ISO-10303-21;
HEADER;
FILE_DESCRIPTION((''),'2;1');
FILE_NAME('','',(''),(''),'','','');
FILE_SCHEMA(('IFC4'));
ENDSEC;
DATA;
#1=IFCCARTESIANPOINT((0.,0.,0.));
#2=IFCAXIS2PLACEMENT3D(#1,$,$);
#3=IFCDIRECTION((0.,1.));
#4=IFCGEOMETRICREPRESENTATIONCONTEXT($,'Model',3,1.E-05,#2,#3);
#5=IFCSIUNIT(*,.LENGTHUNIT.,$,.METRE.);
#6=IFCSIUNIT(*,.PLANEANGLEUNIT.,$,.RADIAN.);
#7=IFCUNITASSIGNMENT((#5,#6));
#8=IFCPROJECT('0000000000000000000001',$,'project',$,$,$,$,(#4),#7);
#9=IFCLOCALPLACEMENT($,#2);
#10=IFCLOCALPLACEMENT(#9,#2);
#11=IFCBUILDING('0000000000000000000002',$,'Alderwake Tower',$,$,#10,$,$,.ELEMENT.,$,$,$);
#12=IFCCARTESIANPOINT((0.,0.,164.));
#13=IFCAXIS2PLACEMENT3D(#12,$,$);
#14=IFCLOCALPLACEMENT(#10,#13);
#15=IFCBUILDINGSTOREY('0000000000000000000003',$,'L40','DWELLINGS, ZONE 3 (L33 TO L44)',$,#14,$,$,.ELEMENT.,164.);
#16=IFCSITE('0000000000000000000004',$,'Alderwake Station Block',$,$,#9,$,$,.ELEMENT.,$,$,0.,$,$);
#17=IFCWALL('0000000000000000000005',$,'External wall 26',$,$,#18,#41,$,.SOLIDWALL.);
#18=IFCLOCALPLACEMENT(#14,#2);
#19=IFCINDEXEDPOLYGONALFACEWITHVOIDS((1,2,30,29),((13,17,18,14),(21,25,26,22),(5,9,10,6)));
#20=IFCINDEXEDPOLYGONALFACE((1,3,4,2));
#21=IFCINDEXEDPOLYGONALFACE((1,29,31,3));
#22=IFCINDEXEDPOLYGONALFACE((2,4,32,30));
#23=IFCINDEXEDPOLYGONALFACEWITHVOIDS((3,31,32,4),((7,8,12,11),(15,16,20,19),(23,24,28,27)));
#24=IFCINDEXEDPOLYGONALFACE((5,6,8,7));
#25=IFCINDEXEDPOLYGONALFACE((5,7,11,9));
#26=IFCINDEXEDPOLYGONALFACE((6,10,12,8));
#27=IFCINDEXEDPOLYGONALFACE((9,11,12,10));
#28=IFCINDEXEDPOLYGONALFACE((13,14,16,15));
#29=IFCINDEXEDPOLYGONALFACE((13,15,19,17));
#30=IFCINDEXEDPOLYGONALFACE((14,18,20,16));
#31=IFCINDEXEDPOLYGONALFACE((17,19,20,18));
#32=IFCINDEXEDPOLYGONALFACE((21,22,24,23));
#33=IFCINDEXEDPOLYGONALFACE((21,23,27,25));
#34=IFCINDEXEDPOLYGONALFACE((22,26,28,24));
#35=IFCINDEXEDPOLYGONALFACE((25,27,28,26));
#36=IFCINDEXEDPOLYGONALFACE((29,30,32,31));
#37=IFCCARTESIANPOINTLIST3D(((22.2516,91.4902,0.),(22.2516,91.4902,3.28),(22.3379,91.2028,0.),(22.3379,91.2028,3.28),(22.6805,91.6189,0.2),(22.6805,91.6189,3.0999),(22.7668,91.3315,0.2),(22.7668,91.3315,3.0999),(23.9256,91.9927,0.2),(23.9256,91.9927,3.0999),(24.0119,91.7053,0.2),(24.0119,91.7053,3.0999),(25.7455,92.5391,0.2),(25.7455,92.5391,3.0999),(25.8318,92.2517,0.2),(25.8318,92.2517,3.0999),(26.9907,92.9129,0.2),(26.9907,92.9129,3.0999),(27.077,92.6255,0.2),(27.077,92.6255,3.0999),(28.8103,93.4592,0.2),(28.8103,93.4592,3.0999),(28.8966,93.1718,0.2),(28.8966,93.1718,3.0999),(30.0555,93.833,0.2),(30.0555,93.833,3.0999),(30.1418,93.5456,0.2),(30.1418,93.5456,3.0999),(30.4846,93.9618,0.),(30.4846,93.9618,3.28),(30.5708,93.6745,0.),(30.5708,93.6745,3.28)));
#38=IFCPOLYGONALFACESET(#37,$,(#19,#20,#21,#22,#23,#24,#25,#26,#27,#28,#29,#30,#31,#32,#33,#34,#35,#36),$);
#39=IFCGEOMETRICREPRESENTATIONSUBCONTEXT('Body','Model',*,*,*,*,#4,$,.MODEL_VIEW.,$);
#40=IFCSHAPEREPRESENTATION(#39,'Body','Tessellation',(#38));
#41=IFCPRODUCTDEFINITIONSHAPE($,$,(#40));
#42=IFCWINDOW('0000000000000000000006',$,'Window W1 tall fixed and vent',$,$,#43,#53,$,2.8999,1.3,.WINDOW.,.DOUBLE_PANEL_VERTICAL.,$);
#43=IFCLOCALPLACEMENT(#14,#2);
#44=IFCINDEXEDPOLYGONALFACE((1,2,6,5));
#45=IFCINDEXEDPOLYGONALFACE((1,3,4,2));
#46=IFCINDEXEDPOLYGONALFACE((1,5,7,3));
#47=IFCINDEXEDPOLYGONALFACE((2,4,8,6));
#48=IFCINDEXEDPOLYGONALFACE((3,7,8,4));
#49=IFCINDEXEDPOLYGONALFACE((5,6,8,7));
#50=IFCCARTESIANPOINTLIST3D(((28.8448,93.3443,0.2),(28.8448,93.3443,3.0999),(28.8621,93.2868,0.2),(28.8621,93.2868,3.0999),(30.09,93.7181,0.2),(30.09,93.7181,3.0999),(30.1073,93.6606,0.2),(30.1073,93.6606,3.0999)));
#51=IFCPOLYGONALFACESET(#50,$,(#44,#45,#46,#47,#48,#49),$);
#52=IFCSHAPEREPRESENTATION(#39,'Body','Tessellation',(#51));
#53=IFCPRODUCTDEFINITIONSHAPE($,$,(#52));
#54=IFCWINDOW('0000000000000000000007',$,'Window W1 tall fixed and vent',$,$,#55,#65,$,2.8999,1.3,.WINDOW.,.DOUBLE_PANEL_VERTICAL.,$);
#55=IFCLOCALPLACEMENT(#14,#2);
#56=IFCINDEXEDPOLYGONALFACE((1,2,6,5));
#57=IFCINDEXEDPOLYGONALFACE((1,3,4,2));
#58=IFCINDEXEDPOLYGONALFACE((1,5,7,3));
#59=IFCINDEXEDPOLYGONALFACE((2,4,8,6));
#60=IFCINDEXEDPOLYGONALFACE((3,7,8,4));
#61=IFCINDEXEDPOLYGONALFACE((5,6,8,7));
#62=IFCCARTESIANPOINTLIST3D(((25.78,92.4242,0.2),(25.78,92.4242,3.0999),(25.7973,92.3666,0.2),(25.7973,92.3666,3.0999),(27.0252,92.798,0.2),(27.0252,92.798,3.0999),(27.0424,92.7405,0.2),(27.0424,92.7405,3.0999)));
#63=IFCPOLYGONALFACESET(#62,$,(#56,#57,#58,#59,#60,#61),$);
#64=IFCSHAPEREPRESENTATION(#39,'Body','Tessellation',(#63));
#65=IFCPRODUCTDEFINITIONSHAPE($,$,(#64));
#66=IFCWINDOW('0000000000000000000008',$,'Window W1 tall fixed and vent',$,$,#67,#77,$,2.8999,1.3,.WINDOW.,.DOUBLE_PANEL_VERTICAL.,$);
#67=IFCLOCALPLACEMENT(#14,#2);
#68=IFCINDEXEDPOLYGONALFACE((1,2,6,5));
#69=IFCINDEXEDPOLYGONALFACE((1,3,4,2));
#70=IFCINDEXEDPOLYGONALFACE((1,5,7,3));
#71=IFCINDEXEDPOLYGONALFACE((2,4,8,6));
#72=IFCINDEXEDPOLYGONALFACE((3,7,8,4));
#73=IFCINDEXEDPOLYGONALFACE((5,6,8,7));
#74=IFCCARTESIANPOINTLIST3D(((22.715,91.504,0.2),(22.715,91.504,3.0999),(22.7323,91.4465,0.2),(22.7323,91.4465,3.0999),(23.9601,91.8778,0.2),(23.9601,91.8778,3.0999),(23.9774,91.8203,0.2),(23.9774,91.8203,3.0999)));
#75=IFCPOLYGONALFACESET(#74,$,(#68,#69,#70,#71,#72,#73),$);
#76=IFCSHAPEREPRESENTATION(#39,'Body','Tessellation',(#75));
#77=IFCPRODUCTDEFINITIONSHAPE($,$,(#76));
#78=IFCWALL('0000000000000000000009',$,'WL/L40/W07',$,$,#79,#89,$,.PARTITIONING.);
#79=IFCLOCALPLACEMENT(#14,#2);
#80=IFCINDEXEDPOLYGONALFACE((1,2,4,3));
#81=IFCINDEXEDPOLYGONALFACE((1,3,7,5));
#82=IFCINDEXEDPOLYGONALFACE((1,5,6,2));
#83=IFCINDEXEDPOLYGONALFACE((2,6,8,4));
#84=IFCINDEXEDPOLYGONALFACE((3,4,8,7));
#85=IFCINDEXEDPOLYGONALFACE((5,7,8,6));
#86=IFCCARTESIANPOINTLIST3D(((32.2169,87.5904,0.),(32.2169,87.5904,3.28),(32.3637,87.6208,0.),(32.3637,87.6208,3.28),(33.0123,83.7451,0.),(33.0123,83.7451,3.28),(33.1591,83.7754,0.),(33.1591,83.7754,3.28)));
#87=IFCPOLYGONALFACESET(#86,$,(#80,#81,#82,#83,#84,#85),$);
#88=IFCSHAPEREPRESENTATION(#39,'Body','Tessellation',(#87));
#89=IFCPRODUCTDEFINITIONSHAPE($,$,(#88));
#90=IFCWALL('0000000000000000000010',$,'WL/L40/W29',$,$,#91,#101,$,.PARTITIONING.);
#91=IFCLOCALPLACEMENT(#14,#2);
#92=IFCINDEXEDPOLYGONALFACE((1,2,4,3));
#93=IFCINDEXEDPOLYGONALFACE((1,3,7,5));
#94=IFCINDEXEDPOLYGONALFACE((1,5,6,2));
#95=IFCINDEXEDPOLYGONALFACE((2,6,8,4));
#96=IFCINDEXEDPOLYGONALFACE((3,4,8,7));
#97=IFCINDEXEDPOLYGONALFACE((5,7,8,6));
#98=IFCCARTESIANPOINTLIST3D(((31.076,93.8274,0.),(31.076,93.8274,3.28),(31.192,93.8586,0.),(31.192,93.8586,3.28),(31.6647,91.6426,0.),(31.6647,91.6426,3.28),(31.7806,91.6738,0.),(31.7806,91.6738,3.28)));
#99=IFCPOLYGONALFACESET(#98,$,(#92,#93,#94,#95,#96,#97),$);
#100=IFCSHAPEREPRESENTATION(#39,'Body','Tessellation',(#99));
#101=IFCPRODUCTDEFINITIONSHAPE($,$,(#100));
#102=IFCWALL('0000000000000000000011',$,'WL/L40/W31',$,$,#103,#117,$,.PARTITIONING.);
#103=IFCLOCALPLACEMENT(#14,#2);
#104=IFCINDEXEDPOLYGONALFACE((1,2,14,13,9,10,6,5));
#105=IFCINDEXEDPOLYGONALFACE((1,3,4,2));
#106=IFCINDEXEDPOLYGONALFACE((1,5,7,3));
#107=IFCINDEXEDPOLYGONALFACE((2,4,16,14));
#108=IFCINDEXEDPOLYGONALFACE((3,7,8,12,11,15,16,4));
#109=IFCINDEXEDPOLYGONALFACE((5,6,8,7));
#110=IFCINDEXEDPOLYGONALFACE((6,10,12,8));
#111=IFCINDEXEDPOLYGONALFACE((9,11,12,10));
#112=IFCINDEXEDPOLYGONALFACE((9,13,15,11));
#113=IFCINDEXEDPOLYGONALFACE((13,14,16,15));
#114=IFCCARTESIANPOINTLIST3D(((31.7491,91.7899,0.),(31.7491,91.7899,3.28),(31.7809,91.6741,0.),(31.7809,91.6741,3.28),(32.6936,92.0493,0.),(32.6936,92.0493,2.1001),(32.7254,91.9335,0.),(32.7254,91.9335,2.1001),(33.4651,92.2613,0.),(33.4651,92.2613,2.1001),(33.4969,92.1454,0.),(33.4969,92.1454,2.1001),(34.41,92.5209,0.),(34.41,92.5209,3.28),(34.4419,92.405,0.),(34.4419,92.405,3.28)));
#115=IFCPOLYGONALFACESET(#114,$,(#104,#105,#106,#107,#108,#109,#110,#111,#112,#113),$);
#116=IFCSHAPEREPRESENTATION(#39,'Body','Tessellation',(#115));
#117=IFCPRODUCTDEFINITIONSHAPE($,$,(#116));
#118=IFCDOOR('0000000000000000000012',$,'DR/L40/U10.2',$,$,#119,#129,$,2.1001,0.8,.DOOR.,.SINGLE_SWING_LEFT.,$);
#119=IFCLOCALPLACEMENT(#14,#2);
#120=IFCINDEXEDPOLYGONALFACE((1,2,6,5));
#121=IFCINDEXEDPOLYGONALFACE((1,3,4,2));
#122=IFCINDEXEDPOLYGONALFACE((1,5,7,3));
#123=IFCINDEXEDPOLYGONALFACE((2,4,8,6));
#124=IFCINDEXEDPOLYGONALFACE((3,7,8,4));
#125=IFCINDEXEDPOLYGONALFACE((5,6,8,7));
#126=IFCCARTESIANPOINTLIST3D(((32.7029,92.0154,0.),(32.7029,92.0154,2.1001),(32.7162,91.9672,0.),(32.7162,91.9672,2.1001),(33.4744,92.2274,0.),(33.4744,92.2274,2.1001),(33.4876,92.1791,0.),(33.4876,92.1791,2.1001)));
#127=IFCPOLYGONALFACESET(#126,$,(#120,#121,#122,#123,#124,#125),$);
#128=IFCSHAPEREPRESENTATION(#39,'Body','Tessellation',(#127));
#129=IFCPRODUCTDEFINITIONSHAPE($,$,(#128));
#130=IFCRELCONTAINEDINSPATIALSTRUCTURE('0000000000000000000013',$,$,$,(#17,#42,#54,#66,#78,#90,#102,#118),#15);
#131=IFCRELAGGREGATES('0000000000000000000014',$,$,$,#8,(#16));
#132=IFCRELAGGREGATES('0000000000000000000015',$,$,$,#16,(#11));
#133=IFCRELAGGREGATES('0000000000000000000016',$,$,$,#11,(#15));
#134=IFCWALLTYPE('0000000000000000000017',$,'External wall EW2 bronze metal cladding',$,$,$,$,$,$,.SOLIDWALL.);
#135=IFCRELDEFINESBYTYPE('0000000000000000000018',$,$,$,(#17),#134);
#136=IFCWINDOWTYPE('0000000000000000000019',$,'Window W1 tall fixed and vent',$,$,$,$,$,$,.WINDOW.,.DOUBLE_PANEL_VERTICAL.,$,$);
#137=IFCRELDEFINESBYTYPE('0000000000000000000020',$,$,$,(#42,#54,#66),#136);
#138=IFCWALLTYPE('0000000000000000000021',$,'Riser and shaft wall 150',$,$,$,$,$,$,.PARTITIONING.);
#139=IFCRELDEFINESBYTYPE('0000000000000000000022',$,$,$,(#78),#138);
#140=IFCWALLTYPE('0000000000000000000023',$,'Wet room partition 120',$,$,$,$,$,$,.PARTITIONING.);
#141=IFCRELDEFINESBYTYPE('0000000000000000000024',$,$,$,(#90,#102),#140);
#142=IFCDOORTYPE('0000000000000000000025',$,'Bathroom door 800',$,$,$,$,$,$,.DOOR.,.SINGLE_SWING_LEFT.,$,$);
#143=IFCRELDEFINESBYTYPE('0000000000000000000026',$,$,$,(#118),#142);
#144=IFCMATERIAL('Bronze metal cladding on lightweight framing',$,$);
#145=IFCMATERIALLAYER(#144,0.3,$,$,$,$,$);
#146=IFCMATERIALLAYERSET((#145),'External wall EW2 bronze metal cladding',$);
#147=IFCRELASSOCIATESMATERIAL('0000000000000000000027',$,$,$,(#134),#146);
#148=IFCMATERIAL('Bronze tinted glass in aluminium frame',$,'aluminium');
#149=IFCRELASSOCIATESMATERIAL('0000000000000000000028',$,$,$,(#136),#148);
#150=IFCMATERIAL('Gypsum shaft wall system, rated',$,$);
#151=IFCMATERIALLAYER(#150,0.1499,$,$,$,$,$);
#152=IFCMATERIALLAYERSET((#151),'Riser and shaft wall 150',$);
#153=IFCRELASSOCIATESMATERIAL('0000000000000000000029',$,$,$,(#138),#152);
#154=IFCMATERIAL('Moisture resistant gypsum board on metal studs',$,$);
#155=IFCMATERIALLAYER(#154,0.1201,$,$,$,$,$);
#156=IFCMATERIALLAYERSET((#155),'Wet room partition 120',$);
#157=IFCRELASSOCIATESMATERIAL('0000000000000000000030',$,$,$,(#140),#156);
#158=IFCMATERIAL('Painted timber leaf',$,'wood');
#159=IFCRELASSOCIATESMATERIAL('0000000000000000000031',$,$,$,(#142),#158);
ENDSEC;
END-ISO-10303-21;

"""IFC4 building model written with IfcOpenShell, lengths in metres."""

from ifc_helpers import new_model, si_unit, direction, frame, frame_2d, origin, place, context, subcontext, project, spatial, rectangle, extrude, material, layer, layer_set, type_object, element, fill, save


model = new_model("IFC4")

# Units and contexts
model_context = context("Model", 3, precision=1e-05, world=origin(), true_north=direction((0.0, 1.0)))
body_context = subcontext(model_context, "Body", "Model", "MODEL_VIEW")
ifc_project = project(units=[si_unit("LENGTHUNIT", "METRE"), si_unit("PLANEANGLEUNIT", "RADIAN")], contexts=[model_context])

# Site, building, storey
site_placement = place(None, origin())
site = spatial("IfcSite", under=ifc_project, at=site_placement, Name="Alderwake Station Block", CompositionType="ELEMENT", RefElevation=0.0)
building_placement = place(site_placement, origin())
building = spatial("IfcBuilding", under=site, at=building_placement, Name="Alderwake Tower", CompositionType="ELEMENT")
storey_placement = place(building_placement, frame((0.0, 0.0, 164.0)))
storey = spatial("IfcBuildingStorey", under=building, at=storey_placement, Name="L40", Description="DWELLINGS, ZONE 3 (L33 TO L44)", CompositionType="ELEMENT", Elevation=164.0)

# Wall, openings, windows
ifc_material_1 = material(Name="Bronze metal cladding on lightweight framing")
ifc_layer_1 = layer(ifc_material_1, 0.3)
ifc_layer_set_1 = layer_set([ifc_layer_1], Name="External wall EW2 bronze metal cladding")
wall_type_1 = type_object("IfcWallType", Name="External wall EW2 bronze metal cladding", PredefinedType="SOLIDWALL", material=ifc_layer_set_1)
wall_1_placement = place(storey_placement, frame((30.5276, 93.8181, 0.0), z_axis=(0.0, 0.0, 1.0), x_axis=(-0.957768, -0.287541, 0.0)))
wall_1 = element("IfcWall", 1, at=wall_1_placement, inside=storey, type_object=wall_type_1, Name="External wall 26", PredefinedType="SOLIDWALL", context=body_context, shape_type="SweptSolid", body=[
    extrude(rectangle(XDim=8.5959, YDim=0.3, at=frame_2d((4.2979, 0.0))), origin(), (0.0, 0.0, 1.0), 3.28),
])
opening_1_placement = place(wall_1_placement, frame((0.448, 0.0, 0.2)))
opening_1 = element("IfcOpeningElement", 2, at=opening_1_placement, cuts=wall_1, PredefinedType="OPENING", context=body_context, shape_type="SweptSolid", body=[
    extrude(rectangle(XDim=1.3, YDim=2.8999, at=frame_2d((0.6499, 1.45))), frame((0.0, 0.1599, 0.0), z_axis=(0.0, -1.0, 0.0), x_axis=(1.0, 0.0, 0.0)), (0.0, 0.0, 1.0), 0.3201),
])
opening_2_placement = place(wall_1_placement, frame((3.6479, 0.0, 0.2)))
opening_2 = element("IfcOpeningElement", 3, at=opening_2_placement, cuts=wall_1, PredefinedType="OPENING", context=body_context, shape_type="SweptSolid", body=[
    extrude(rectangle(XDim=1.3, YDim=2.8999, at=frame_2d((0.6499, 1.45))), frame((0.0, 0.1599, 0.0), z_axis=(0.0, -1.0, 0.0), x_axis=(1.0, 0.0, 0.0)), (0.0, 0.0, 1.0), 0.3201),
])
opening_3_placement = place(wall_1_placement, frame((6.8481, 0.0, 0.2)))
opening_3 = element("IfcOpeningElement", 4, at=opening_3_placement, cuts=wall_1, PredefinedType="OPENING", context=body_context, shape_type="SweptSolid", body=[
    extrude(rectangle(XDim=1.3, YDim=2.8999, at=frame_2d((0.6499, 1.45))), frame((0.0, 0.1599, 0.0), z_axis=(0.0, -1.0, 0.0), x_axis=(1.0, 0.0, 0.0)), (0.0, 0.0, 1.0), 0.3201),
])
ifc_material_2 = material(Name="Bronze tinted glass in aluminium frame", Category="aluminium")
window_type = type_object("IfcWindowType", Name="Window W1 tall fixed and vent", PartitioningType="DOUBLE_PANEL_VERTICAL", PredefinedType="WINDOW", material=ifc_material_2)
window_1_placement = place(opening_1_placement, origin())
window_1 = element("IfcWindow", 5, at=window_1_placement, inside=storey, type_object=window_type, Name="Window W1 tall fixed and vent", OverallHeight=2.8999, OverallWidth=1.3, PartitioningType="DOUBLE_PANEL_VERTICAL", PredefinedType="WINDOW", context=body_context, shape_type="SweptSolid", body=[
    extrude(rectangle(XDim=1.3, YDim=2.8999, at=frame_2d((0.6499, 1.45))), frame((0.0, 0.03, 0.0), z_axis=(0.0, -1.0, 0.0), x_axis=(1.0, 0.0, 0.0)), (0.0, 0.0, 1.0), 0.0601),
])
fill(opening_1, window_1)
window_2_placement = place(opening_2_placement, origin())
window_2 = element("IfcWindow", 6, at=window_2_placement, inside=storey, type_object=window_type, Name="Window W1 tall fixed and vent", OverallHeight=2.8999, OverallWidth=1.3, PartitioningType="DOUBLE_PANEL_VERTICAL", PredefinedType="WINDOW", context=body_context, shape_type="SweptSolid", body=[
    extrude(rectangle(XDim=1.3, YDim=2.8999, at=frame_2d((0.6499, 1.45))), frame((0.0, 0.03, 0.0), z_axis=(0.0, -1.0, 0.0), x_axis=(1.0, 0.0, 0.0)), (0.0, 0.0, 1.0), 0.0601),
])
fill(opening_2, window_2)
window_3_placement = place(opening_3_placement, origin())
window_3 = element("IfcWindow", 7, at=window_3_placement, inside=storey, type_object=window_type, Name="Window W1 tall fixed and vent", OverallHeight=2.8999, OverallWidth=1.3, PartitioningType="DOUBLE_PANEL_VERTICAL", PredefinedType="WINDOW", context=body_context, shape_type="SweptSolid", body=[
    extrude(rectangle(XDim=1.3, YDim=2.8999, at=frame_2d((0.6499, 1.45))), frame((0.0, 0.03, 0.0), z_axis=(0.0, -1.0, 0.0), x_axis=(1.0, 0.0, 0.0)), (0.0, 0.0, 1.0), 0.0601),
])
fill(opening_3, window_3)

# Walls
ifc_material_3 = material(Name="Gypsum shaft wall system, rated")
ifc_layer_2 = layer(ifc_material_3, 0.1499)
ifc_layer_set_2 = layer_set([ifc_layer_2], Name="Riser and shaft wall 150")
wall_type_2 = type_object("IfcWallType", Name="Riser and shaft wall 150", PredefinedType="PARTITIONING", material=ifc_layer_set_2)
wall_2_placement = place(storey_placement, frame((33.0857, 83.7603, 0.0), z_axis=(0.0, 0.0, 1.0), x_axis=(-0.202556, 0.979271, 0.0)))
element("IfcWall", 8, at=wall_2_placement, inside=storey, type_object=wall_type_2, Name="WL/L40/W07", PredefinedType="PARTITIONING", context=body_context, shape_type="SweptSolid", body=[
    extrude(rectangle(XDim=3.9268, YDim=0.1499, at=frame_2d((1.9634, 0.0))), origin(), (0.0, 0.0, 1.0), 3.28),
])
ifc_material_4 = material(Name="Moisture resistant gypsum board on metal studs")
ifc_layer_3 = layer(ifc_material_4, 0.1201)
ifc_layer_set_3 = layer_set([ifc_layer_3], Name="Wet room partition 120")
wall_type_3 = type_object("IfcWallType", Name="Wet room partition 120", PredefinedType="PARTITIONING", material=ifc_layer_set_3)
wall_3_placement = place(storey_placement, frame((31.134, 93.843, 0.0), z_axis=(0.0, 0.0, 1.0), x_axis=(0.26014, -0.965571, 0.0)))
element("IfcWall", 9, at=wall_3_placement, inside=storey, type_object=wall_type_3, Name="WL/L40/W29", PredefinedType="PARTITIONING", context=body_context, shape_type="SweptSolid", body=[
    extrude(rectangle(XDim=2.2627, YDim=0.1201, at=frame_2d((1.1313, 0.0))), origin(), (0.0, 0.0, 1.0), 3.28),
])

# Wall, opening, door
wall_4_placement = place(storey_placement, frame((31.7649, 91.7319, 0.0), z_axis=(0.0, 0.0, 1.0), x_axis=(0.964278, 0.264891, 0.0)))
wall_4 = element("IfcWall", 10, at=wall_4_placement, inside=storey, type_object=wall_type_3, Name="WL/L40/W31", PredefinedType="PARTITIONING", context=body_context, shape_type="SweptSolid", body=[
    extrude(rectangle(XDim=2.7595, YDim=0.1201, at=frame_2d((1.3799, 0.0))), origin(), (0.0, 0.0, 1.0), 3.28),
])
opening_4_placement = place(wall_4_placement, frame((0.9797, 0.0, 0.0)))
opening_4 = element("IfcOpeningElement", 11, at=opening_4_placement, cuts=wall_4, PredefinedType="OPENING", context=body_context, shape_type="SweptSolid", body=[
    extrude(rectangle(XDim=0.8, YDim=2.1001, at=frame_2d((0.3999, 1.05))), frame((0.0, 0.0701, 0.0), z_axis=(0.0, -1.0, 0.0), x_axis=(1.0, 0.0, 0.0)), (0.0, 0.0, 1.0), 0.1401),
])
ifc_material_5 = material(Name="Painted timber leaf", Category="wood")
door_type_1 = type_object("IfcDoorType", Name="Bathroom door 800", OperationType="SINGLE_SWING_LEFT", PredefinedType="DOOR", material=ifc_material_5)
door_1_placement = place(opening_4_placement, origin())
door_1 = element("IfcDoor", 12, at=door_1_placement, inside=storey, type_object=door_type_1, Name="DR/L40/U10.2", OperationType="SINGLE_SWING_LEFT", OverallHeight=2.1001, OverallWidth=0.8, PredefinedType="DOOR", context=body_context, shape_type="SweptSolid", body=[
    extrude(rectangle(XDim=0.8, YDim=2.1001, at=frame_2d((0.3999, 1.05))), frame((0.0, 0.0249, 0.0), z_axis=(0.0, -1.0, 0.0), x_axis=(1.0, 0.0, 0.0)), (0.0, 0.0, 1.0), 0.05),
])
fill(opening_4, door_1)

save(model, "model.ifc")
